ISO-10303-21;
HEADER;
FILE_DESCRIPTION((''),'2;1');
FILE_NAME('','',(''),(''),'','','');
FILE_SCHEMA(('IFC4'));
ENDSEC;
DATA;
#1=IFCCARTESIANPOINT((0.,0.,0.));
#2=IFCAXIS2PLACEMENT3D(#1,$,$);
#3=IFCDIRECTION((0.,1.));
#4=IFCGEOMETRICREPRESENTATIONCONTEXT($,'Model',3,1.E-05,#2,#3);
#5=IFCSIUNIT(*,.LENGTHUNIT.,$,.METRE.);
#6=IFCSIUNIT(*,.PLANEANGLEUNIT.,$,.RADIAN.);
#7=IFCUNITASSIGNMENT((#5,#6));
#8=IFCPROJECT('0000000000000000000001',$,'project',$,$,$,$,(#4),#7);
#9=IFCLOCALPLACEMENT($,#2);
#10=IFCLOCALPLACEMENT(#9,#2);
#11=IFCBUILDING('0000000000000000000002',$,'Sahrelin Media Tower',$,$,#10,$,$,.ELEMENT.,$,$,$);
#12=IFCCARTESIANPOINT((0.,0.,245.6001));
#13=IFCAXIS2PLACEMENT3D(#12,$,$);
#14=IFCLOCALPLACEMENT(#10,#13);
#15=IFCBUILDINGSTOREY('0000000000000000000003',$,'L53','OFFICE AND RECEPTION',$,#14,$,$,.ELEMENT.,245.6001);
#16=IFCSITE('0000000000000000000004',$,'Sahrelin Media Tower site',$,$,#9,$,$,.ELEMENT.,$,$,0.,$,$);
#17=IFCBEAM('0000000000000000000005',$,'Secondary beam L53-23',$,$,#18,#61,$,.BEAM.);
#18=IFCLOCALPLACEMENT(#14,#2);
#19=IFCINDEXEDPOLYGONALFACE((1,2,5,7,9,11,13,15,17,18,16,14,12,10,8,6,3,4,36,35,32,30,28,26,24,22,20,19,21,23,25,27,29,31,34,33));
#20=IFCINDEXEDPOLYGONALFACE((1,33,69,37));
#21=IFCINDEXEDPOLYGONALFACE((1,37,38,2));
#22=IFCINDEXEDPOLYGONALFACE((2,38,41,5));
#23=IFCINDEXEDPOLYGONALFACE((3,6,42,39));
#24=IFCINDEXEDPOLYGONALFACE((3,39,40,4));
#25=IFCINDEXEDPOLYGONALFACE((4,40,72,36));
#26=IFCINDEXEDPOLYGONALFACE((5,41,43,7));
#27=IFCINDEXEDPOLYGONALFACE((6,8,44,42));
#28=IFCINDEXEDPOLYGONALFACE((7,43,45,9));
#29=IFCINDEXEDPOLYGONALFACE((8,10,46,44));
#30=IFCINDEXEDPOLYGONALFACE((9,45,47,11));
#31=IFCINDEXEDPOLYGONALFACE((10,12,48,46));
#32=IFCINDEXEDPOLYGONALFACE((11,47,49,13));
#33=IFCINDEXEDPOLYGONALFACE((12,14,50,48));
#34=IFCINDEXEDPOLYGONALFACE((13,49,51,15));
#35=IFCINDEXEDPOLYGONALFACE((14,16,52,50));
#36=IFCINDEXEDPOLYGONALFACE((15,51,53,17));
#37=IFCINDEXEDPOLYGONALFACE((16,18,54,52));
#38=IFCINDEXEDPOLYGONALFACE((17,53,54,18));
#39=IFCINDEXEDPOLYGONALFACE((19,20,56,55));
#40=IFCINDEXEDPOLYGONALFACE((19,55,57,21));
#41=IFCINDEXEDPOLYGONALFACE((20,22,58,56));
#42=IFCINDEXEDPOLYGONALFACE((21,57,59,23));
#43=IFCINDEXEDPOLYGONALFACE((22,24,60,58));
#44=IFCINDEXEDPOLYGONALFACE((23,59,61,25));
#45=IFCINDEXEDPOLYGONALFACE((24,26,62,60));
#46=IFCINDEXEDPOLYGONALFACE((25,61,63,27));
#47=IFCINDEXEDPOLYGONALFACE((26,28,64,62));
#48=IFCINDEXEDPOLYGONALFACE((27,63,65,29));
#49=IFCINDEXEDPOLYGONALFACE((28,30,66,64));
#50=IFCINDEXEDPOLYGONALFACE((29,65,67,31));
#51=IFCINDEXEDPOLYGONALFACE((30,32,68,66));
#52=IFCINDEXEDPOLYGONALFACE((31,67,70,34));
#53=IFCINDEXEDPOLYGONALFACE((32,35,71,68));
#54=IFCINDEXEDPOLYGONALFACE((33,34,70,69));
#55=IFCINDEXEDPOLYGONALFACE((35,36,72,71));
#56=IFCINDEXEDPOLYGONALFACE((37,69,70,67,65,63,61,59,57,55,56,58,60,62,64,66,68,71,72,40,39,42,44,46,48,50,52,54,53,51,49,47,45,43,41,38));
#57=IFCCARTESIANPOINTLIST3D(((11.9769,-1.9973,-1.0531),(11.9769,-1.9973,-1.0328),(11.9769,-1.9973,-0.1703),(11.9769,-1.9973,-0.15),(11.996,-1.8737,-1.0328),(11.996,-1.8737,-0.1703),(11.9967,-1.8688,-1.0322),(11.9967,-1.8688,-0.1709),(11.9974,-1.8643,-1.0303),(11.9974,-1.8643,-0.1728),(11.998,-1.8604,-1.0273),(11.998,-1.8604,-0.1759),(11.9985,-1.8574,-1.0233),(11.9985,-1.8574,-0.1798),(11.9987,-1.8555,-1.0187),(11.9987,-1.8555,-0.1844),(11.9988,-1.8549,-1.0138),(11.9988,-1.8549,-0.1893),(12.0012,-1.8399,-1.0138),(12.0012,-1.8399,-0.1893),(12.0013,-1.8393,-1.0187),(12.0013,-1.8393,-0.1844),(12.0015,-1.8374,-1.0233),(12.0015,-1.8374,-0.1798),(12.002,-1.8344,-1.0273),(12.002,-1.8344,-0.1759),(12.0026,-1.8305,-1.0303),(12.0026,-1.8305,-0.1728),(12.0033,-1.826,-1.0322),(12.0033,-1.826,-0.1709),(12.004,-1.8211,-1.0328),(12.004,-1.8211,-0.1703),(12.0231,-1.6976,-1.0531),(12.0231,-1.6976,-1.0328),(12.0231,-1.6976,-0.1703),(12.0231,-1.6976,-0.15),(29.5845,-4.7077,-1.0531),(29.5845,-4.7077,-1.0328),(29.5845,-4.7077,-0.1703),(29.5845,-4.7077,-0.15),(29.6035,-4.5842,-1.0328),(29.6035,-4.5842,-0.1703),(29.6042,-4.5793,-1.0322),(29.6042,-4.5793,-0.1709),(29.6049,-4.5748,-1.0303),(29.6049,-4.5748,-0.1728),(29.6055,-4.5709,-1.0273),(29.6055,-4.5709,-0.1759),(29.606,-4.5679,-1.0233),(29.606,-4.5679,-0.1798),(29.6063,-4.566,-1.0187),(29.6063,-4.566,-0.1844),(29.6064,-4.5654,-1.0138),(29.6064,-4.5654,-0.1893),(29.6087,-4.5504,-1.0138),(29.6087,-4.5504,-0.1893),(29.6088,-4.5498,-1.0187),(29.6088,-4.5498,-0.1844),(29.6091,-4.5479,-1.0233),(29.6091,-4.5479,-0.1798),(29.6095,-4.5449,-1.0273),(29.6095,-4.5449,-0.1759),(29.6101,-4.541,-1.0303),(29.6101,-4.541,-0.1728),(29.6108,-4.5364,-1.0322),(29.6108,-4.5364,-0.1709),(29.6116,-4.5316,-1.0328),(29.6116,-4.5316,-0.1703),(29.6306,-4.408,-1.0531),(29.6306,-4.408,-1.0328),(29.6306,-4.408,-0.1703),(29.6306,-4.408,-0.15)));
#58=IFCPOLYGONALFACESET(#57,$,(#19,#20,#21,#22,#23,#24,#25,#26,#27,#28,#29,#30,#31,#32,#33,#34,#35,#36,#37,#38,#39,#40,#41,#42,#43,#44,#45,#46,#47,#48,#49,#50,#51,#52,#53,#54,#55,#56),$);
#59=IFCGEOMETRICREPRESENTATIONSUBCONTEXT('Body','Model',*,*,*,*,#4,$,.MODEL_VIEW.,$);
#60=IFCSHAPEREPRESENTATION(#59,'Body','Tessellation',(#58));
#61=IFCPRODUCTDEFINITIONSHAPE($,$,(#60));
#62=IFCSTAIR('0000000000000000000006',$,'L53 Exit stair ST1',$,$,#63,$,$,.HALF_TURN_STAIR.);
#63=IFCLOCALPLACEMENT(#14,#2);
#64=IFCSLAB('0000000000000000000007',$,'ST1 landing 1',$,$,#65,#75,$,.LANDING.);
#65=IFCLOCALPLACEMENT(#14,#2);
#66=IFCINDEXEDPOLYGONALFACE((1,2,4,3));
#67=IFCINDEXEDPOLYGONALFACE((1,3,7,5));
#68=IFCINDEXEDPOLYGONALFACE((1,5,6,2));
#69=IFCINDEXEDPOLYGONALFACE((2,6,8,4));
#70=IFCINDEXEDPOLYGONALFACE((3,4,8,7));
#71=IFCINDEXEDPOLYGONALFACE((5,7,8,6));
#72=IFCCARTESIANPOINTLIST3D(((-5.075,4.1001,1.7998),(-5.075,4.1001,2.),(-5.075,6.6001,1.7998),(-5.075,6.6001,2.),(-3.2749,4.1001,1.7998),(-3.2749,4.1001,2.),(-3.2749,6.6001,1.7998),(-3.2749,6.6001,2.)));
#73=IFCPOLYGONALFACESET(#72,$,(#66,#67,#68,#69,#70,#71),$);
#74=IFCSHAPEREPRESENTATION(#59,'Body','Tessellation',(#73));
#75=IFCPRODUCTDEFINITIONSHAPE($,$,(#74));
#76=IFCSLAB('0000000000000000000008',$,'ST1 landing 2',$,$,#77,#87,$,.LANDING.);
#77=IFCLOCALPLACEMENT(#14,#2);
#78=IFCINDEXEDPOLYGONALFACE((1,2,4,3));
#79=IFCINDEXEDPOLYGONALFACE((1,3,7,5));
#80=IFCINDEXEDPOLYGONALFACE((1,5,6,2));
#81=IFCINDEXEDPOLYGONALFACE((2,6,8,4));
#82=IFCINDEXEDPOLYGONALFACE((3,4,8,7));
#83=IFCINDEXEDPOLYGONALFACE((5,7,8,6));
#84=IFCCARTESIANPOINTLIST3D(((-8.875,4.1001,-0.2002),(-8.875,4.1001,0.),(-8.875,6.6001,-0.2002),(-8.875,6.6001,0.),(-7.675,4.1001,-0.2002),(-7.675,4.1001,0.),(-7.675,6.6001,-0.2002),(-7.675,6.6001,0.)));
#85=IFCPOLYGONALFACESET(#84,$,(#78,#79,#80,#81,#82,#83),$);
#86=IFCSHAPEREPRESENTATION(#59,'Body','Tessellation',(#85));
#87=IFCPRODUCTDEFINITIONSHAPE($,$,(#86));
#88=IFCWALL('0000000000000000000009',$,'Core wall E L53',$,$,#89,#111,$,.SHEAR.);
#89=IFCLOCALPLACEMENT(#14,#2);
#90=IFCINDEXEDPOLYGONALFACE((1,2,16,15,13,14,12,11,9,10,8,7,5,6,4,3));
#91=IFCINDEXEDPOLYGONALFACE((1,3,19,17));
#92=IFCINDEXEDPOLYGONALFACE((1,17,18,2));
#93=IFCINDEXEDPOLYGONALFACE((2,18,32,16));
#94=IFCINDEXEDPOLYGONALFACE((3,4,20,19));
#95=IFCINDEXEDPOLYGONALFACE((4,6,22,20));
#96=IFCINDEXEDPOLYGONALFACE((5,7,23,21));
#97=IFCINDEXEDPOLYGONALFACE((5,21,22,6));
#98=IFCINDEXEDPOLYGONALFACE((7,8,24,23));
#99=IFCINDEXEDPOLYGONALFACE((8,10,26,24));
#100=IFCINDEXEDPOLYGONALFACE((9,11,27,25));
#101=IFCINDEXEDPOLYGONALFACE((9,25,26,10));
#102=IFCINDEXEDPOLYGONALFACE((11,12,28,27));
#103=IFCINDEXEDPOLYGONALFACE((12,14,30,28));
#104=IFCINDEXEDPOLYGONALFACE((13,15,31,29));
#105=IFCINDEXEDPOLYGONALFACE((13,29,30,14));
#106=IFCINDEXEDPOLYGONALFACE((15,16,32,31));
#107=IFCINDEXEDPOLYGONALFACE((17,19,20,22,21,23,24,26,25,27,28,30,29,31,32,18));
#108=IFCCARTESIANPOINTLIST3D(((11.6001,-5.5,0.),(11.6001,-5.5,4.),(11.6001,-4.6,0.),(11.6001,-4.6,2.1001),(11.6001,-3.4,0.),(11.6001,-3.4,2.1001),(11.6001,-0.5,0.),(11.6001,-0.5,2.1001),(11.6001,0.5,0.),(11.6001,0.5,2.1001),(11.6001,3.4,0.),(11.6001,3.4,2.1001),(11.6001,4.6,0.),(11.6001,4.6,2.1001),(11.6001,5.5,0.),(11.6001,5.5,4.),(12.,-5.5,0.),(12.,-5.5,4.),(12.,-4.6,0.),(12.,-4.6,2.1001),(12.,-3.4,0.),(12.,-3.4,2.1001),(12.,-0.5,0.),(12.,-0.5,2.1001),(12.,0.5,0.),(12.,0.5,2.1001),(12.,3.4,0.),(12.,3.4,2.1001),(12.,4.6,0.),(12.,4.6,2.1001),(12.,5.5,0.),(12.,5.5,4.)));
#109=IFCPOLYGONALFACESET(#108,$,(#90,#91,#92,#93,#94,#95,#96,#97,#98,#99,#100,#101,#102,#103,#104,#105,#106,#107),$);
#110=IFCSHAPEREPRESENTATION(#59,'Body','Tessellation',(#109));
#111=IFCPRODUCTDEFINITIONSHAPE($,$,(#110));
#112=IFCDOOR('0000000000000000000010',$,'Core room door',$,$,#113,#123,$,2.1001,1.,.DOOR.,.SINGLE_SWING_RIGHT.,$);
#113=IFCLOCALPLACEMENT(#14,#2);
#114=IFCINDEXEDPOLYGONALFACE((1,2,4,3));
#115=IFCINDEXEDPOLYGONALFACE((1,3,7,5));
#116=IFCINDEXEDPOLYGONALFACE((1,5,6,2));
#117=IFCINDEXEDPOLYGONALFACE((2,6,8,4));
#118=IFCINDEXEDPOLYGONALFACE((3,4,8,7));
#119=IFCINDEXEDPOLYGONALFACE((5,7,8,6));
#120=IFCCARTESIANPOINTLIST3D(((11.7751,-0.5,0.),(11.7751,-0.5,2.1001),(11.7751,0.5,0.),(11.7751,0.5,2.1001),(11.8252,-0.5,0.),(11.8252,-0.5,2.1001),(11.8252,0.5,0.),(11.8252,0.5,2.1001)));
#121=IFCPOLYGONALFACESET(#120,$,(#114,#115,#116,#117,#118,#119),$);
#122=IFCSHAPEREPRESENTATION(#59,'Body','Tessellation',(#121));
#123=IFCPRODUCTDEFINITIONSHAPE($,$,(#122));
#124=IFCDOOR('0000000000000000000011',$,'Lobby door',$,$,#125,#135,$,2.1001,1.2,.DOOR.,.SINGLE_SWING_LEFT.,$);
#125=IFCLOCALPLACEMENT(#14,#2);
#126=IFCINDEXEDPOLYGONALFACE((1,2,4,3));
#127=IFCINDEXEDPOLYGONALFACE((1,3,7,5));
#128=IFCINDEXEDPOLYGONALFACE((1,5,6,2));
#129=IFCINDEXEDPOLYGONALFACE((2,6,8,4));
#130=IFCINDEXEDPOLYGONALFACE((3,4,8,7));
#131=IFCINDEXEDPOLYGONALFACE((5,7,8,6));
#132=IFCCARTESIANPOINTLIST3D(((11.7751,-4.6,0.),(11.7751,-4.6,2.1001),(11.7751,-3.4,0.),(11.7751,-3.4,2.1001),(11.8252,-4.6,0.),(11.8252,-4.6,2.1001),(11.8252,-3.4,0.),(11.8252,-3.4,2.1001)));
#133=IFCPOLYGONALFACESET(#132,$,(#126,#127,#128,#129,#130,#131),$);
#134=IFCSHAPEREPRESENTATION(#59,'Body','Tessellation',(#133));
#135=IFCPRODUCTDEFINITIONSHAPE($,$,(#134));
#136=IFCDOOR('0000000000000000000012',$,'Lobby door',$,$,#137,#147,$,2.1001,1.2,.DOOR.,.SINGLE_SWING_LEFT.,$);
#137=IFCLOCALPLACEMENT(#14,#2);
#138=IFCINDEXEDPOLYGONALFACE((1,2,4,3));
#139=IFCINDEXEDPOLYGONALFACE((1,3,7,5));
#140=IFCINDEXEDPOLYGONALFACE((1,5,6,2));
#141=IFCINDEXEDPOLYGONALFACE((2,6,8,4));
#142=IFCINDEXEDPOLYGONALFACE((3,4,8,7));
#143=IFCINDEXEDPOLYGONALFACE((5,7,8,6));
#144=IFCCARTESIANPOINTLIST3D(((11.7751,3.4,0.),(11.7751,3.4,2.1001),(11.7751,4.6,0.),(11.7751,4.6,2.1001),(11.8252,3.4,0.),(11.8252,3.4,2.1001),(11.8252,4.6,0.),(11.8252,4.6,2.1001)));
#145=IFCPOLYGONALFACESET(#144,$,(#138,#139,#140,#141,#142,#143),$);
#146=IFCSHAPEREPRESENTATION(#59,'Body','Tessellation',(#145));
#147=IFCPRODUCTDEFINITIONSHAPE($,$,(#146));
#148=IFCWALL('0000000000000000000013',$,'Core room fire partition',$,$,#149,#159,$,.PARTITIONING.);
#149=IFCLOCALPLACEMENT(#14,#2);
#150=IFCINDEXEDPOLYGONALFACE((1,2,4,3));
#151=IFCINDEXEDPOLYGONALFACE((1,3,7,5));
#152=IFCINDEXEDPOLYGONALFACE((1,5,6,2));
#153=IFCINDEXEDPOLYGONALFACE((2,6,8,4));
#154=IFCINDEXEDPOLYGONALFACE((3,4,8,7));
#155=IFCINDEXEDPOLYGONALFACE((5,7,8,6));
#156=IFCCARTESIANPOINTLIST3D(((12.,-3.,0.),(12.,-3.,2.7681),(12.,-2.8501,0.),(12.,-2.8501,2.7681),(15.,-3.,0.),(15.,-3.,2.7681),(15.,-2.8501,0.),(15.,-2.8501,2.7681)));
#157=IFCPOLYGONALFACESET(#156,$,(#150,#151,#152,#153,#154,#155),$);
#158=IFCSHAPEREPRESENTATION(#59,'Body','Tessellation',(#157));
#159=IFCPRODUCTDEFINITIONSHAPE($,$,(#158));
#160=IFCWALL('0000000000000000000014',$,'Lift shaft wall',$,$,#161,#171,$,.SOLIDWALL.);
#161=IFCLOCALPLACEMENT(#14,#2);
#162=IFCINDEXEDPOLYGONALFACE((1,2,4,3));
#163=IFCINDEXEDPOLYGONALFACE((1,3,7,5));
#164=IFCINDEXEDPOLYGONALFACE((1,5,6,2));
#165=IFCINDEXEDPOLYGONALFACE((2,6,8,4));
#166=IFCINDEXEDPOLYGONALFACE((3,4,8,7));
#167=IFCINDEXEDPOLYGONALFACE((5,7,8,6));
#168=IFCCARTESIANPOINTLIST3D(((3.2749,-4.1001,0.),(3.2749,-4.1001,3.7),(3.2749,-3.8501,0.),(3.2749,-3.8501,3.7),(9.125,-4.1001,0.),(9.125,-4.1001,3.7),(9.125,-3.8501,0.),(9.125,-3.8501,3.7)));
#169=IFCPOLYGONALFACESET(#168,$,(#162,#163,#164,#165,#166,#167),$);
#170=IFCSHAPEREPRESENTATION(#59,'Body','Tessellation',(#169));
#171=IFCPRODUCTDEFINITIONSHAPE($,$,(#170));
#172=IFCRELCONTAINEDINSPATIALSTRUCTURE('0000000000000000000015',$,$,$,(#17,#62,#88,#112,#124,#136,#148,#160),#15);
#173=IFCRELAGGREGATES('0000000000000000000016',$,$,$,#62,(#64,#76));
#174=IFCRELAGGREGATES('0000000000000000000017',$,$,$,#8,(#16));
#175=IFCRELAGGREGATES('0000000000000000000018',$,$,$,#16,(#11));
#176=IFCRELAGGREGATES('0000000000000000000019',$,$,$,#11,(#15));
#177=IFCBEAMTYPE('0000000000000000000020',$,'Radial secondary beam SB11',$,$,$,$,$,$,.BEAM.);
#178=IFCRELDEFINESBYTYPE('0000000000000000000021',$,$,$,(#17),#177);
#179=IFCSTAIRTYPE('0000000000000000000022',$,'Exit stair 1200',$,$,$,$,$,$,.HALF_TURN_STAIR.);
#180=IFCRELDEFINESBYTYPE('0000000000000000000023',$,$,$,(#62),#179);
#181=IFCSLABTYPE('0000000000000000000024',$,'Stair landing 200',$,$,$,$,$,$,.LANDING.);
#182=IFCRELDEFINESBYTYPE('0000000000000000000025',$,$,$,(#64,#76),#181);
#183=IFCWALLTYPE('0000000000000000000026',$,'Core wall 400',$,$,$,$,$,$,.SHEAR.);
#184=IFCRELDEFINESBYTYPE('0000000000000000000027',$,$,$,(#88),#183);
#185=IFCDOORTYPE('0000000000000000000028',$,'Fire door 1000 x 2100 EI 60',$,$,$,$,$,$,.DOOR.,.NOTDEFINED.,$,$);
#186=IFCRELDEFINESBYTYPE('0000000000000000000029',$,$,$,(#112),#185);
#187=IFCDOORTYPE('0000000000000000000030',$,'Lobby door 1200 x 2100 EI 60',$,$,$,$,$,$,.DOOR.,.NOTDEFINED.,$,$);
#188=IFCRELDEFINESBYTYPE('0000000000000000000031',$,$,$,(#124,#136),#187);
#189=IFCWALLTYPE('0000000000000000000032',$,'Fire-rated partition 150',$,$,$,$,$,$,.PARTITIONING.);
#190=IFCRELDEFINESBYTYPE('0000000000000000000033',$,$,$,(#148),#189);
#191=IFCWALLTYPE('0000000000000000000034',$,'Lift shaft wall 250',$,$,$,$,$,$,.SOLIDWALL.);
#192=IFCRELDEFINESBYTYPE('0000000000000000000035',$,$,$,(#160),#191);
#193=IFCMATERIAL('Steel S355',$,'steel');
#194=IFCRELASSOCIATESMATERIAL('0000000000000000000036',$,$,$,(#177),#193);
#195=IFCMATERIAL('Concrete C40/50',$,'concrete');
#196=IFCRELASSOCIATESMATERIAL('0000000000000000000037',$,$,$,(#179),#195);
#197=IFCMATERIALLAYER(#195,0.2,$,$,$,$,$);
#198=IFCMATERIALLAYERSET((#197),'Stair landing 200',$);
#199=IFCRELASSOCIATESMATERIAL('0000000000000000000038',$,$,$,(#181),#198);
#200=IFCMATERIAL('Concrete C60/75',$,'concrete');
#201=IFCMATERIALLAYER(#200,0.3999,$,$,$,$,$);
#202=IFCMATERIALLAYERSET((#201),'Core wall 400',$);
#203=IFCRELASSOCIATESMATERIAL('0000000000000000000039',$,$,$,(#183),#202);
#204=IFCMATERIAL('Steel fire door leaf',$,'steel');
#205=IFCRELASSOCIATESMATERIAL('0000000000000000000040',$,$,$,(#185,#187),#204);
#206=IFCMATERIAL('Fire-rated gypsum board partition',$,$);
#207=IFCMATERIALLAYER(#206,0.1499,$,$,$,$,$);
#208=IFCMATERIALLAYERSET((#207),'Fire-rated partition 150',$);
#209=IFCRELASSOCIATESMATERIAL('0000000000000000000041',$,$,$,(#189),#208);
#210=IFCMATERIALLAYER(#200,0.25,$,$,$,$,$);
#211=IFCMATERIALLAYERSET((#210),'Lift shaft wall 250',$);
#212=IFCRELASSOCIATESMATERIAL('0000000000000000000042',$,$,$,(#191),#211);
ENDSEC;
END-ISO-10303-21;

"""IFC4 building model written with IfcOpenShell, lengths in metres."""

from ifc_helpers import new_model, si_unit, direction, frame, frame_2d, origin, origin_2d, place, context, subcontext, project, spatial, polyline, rectangle, i_section, outline, extrude, material, layer, layer_set, material_profile, profile_set, type_object, element, fill, aggregate, save


model = new_model("IFC4")

# Units and contexts
model_context = context("Model", 3, precision=1e-05, world=origin(), true_north=direction((0.0, 1.0)))
body_context = subcontext(model_context, "Body", "Model", "MODEL_VIEW")
ifc_project = project(units=[si_unit("LENGTHUNIT", "METRE"), si_unit("PLANEANGLEUNIT", "RADIAN")], contexts=[model_context])

# Site, building, storey
site_placement = place(None, origin())
site = spatial("IfcSite", under=ifc_project, at=site_placement, Name="Sahrelin Media Tower site", CompositionType="ELEMENT", RefElevation=0.0)
building_placement = place(site_placement, origin())
building = spatial("IfcBuilding", under=site, at=building_placement, Name="Sahrelin Media Tower", CompositionType="ELEMENT")
storey_placement = place(building_placement, frame((0.0, 0.0, 245.6001)))
storey = spatial("IfcBuildingStorey", under=building, at=storey_placement, Name="L53", Description="OFFICE AND RECEPTION", CompositionType="ELEMENT", Elevation=245.6001)

# Beam
ifc_material_1 = material(Name="Steel S355", Category="steel")
ifc_material_profile_1 = material_profile(ifc_material_1, i_section(OverallWidth=0.3032, OverallDepth=0.9031, WebThickness=0.0151, FlangeThickness=0.0203, FilletRadius=0.019, at=origin_2d()), Name="UB 914x305x201")
ifc_profile_set_1 = profile_set([ifc_material_profile_1], Name="Steel S355")
beam_type_1 = type_object("IfcBeamType", Name="Radial secondary beam SB11", PredefinedType="BEAM", material=ifc_profile_set_1)
beam_1_placement = place(storey_placement, frame((12.0, -1.8474, -0.6016), z_axis=(0.988358, -0.152146, 0.0), x_axis=(0.152146, 0.988358, 0.0)))
element("IfcBeam", 1, at=beam_1_placement, inside=storey, type_object=beam_type_1, Name="Secondary beam L53-23", PredefinedType="BEAM", context=body_context, shape_type="SweptSolid", body=[
    extrude(i_section(OverallWidth=0.3032, OverallDepth=0.9031, WebThickness=0.0151, FlangeThickness=0.0203, FilletRadius=0.019, at=origin_2d()), origin(), (0.0, 0.0, 1.0), 17.8149),
])

# Stair, slabs
ifc_material_2 = material(Name="Concrete C40/50", Category="concrete")
stair_type = type_object("IfcStairType", Name="Exit stair 1200", PredefinedType="HALF_TURN_STAIR", material=ifc_material_2)
stair_placement = place(storey_placement, origin())
stair = element("IfcStair", 2, at=stair_placement, inside=storey, type_object=stair_type, Name="L53 Exit stair ST1", PredefinedType="HALF_TURN_STAIR")
ifc_layer_1 = layer(ifc_material_2, 0.2)
ifc_layer_set_1 = layer_set([ifc_layer_1], Name="Stair landing 200")
slab_type = type_object("IfcSlabType", Name="Stair landing 200", PredefinedType="LANDING", material=ifc_layer_set_1)
slab_1_placement = place(storey_placement, frame((0.0, 0.0, 1.7998)))
slab_1 = element("IfcSlab", 3, at=slab_1_placement, type_object=slab_type, Name="ST1 landing 1", PredefinedType="LANDING", context=body_context, shape_type="SweptSolid", body=[
    extrude(outline(polyline([(-5.075, 4.1001), (-3.2749, 4.1001), (-3.2749, 6.6001), (-5.075, 6.6001), (-5.075, 4.1001)])), origin(), (0.0, 0.0, 1.0), 0.2002),
])
slab_2_placement = place(storey_placement, frame((0.0, 0.0, -0.2002)))
slab_2 = element("IfcSlab", 4, at=slab_2_placement, type_object=slab_type, Name="ST1 landing 2", PredefinedType="LANDING", context=body_context, shape_type="SweptSolid", body=[
    extrude(outline(polyline([(-8.875, 4.1001), (-7.675, 4.1001), (-7.675, 6.6001), (-8.875, 6.6001), (-8.875, 4.1001)])), origin(), (0.0, 0.0, 1.0), 0.2002),
])
aggregate(stair, [slab_1, slab_2])

# Wall, openings, doors
ifc_material_3 = material(Name="Concrete C60/75", Category="concrete")
ifc_layer_2 = layer(ifc_material_3, 0.3999)
ifc_layer_set_2 = layer_set([ifc_layer_2], Name="Core wall 400")
wall_type_1 = type_object("IfcWallType", Name="Core wall 400", PredefinedType="SHEAR", material=ifc_layer_set_2)
wall_1_placement = place(storey_placement, frame((11.8, -5.5, 0.0), z_axis=(0.0, 0.0, 1.0), x_axis=(0.0, 1.0, 0.0)))
wall_1 = element("IfcWall", 5, at=wall_1_placement, inside=storey, type_object=wall_type_1, Name="Core wall E L53", PredefinedType="SHEAR", context=body_context, shape_type="SweptSolid", body=[
    extrude(rectangle(XDim=11.0, YDim=0.3999, at=frame_2d((5.5, 0.0))), origin(), (0.0, 0.0, 1.0), 4.0),
])
opening_1_placement = place(wall_1_placement, frame((5.0, 0.0, 0.0)))
opening_1 = element("IfcOpeningElement", 6, at=opening_1_placement, cuts=wall_1, PredefinedType="OPENING", context=body_context, shape_type="SweptSolid", body=[
    extrude(rectangle(XDim=1.0, YDim=2.1001, at=frame_2d((0.5, 1.05))), frame((0.0, 0.2, 0.0), z_axis=(0.0, -1.0, 0.0), x_axis=(1.0, 0.0, 0.0)), (0.0, 0.0, 1.0), 0.3999),
])
opening_2_placement = place(wall_1_placement, frame((0.8999, 0.0, 0.0)))
opening_2 = element("IfcOpeningElement", 7, at=opening_2_placement, cuts=wall_1, PredefinedType="OPENING", context=body_context, shape_type="SweptSolid", body=[
    extrude(rectangle(XDim=1.2, YDim=2.1001, at=frame_2d((0.6001, 1.05))), frame((0.0, 0.2, 0.0), z_axis=(0.0, -1.0, 0.0), x_axis=(1.0, 0.0, 0.0)), (0.0, 0.0, 1.0), 0.3999),
])
opening_3_placement = place(wall_1_placement, frame((8.8999, 0.0, 0.0)))
opening_3 = element("IfcOpeningElement", 8, at=opening_3_placement, cuts=wall_1, PredefinedType="OPENING", context=body_context, shape_type="SweptSolid", body=[
    extrude(rectangle(XDim=1.2, YDim=2.1001, at=frame_2d((0.6001, 1.05))), frame((0.0, 0.2, 0.0), z_axis=(0.0, -1.0, 0.0), x_axis=(1.0, 0.0, 0.0)), (0.0, 0.0, 1.0), 0.3999),
])
ifc_material_4 = material(Name="Steel fire door leaf", Category="steel")
door_type_1 = type_object("IfcDoorType", Name="Fire door 1000 x 2100 EI 60", OperationType="NOTDEFINED", PredefinedType="DOOR", material=ifc_material_4)
door_1_placement = place(opening_1_placement, origin())
door_1 = element("IfcDoor", 9, at=door_1_placement, inside=storey, type_object=door_type_1, Name="Core room door", OperationType="SINGLE_SWING_RIGHT", OverallHeight=2.1001, OverallWidth=1.0, PredefinedType="DOOR", context=body_context, shape_type="SweptSolid", body=[
    extrude(rectangle(XDim=1.0, YDim=2.1001, at=frame_2d((0.5, 1.05))), frame((0.0, 0.0249, 0.0), z_axis=(0.0, -1.0, 0.0), x_axis=(1.0, 0.0, 0.0)), (0.0, 0.0, 1.0), 0.05),
])
fill(opening_1, door_1)
door_type_2 = type_object("IfcDoorType", Name="Lobby door 1200 x 2100 EI 60", OperationType="NOTDEFINED", PredefinedType="DOOR", material=ifc_material_4)
door_2_placement = place(opening_2_placement, origin())
door_2 = element("IfcDoor", 10, at=door_2_placement, inside=storey, type_object=door_type_2, Name="Lobby door", OperationType="SINGLE_SWING_LEFT", OverallHeight=2.1001, OverallWidth=1.2, PredefinedType="DOOR", context=body_context, shape_type="SweptSolid", body=[
    extrude(rectangle(XDim=1.2, YDim=2.1001, at=frame_2d((0.6001, 1.05))), frame((0.0, 0.0249, 0.0), z_axis=(0.0, -1.0, 0.0), x_axis=(1.0, 0.0, 0.0)), (0.0, 0.0, 1.0), 0.05),
])
fill(opening_2, door_2)
door_3_placement = place(opening_3_placement, origin())
door_3 = element("IfcDoor", 11, at=door_3_placement, inside=storey, type_object=door_type_2, Name="Lobby door", OperationType="SINGLE_SWING_LEFT", OverallHeight=2.1001, OverallWidth=1.2, PredefinedType="DOOR", context=body_context, shape_type="SweptSolid", body=[
    extrude(rectangle(XDim=1.2, YDim=2.1001, at=frame_2d((0.6001, 1.05))), frame((0.0, 0.0249, 0.0), z_axis=(0.0, -1.0, 0.0), x_axis=(1.0, 0.0, 0.0)), (0.0, 0.0, 1.0), 0.05),
])
fill(opening_3, door_3)

# Walls
ifc_material_5 = material(Name="Fire-rated gypsum board partition")
ifc_layer_3 = layer(ifc_material_5, 0.1499)
ifc_layer_set_3 = layer_set([ifc_layer_3], Name="Fire-rated partition 150")
wall_type_2 = type_object("IfcWallType", Name="Fire-rated partition 150", PredefinedType="PARTITIONING", material=ifc_layer_set_3)
wall_2_placement = place(storey_placement, frame((12.0, -2.925, 0.0), z_axis=(0.0, 0.0, 1.0), x_axis=(1.0, 0.0, 0.0)))
element("IfcWall", 12, at=wall_2_placement, inside=storey, type_object=wall_type_2, Name="Core room fire partition", PredefinedType="PARTITIONING", context=body_context, shape_type="SweptSolid", body=[
    extrude(rectangle(XDim=3.0, YDim=0.1499, at=frame_2d((1.5, 0.0))), origin(), (0.0, 0.0, 1.0), 2.7681),
])
ifc_layer_4 = layer(ifc_material_3, 0.25)
ifc_layer_set_4 = layer_set([ifc_layer_4], Name="Lift shaft wall 250")
wall_type_3 = type_object("IfcWallType", Name="Lift shaft wall 250", PredefinedType="SOLIDWALL", material=ifc_layer_set_4)
wall_3_placement = place(storey_placement, frame((3.2749, -3.9751, 0.0), z_axis=(0.0, 0.0, 1.0), x_axis=(1.0, 0.0, 0.0)))
element("IfcWall", 13, at=wall_3_placement, inside=storey, type_object=wall_type_3, Name="Lift shaft wall", PredefinedType="SOLIDWALL", context=body_context, shape_type="SweptSolid", body=[
    extrude(rectangle(XDim=5.8501, YDim=0.25, at=frame_2d((2.925, 0.0))), origin(), (0.0, 0.0, 1.0), 3.7),
])

save(model, "model.ifc")
